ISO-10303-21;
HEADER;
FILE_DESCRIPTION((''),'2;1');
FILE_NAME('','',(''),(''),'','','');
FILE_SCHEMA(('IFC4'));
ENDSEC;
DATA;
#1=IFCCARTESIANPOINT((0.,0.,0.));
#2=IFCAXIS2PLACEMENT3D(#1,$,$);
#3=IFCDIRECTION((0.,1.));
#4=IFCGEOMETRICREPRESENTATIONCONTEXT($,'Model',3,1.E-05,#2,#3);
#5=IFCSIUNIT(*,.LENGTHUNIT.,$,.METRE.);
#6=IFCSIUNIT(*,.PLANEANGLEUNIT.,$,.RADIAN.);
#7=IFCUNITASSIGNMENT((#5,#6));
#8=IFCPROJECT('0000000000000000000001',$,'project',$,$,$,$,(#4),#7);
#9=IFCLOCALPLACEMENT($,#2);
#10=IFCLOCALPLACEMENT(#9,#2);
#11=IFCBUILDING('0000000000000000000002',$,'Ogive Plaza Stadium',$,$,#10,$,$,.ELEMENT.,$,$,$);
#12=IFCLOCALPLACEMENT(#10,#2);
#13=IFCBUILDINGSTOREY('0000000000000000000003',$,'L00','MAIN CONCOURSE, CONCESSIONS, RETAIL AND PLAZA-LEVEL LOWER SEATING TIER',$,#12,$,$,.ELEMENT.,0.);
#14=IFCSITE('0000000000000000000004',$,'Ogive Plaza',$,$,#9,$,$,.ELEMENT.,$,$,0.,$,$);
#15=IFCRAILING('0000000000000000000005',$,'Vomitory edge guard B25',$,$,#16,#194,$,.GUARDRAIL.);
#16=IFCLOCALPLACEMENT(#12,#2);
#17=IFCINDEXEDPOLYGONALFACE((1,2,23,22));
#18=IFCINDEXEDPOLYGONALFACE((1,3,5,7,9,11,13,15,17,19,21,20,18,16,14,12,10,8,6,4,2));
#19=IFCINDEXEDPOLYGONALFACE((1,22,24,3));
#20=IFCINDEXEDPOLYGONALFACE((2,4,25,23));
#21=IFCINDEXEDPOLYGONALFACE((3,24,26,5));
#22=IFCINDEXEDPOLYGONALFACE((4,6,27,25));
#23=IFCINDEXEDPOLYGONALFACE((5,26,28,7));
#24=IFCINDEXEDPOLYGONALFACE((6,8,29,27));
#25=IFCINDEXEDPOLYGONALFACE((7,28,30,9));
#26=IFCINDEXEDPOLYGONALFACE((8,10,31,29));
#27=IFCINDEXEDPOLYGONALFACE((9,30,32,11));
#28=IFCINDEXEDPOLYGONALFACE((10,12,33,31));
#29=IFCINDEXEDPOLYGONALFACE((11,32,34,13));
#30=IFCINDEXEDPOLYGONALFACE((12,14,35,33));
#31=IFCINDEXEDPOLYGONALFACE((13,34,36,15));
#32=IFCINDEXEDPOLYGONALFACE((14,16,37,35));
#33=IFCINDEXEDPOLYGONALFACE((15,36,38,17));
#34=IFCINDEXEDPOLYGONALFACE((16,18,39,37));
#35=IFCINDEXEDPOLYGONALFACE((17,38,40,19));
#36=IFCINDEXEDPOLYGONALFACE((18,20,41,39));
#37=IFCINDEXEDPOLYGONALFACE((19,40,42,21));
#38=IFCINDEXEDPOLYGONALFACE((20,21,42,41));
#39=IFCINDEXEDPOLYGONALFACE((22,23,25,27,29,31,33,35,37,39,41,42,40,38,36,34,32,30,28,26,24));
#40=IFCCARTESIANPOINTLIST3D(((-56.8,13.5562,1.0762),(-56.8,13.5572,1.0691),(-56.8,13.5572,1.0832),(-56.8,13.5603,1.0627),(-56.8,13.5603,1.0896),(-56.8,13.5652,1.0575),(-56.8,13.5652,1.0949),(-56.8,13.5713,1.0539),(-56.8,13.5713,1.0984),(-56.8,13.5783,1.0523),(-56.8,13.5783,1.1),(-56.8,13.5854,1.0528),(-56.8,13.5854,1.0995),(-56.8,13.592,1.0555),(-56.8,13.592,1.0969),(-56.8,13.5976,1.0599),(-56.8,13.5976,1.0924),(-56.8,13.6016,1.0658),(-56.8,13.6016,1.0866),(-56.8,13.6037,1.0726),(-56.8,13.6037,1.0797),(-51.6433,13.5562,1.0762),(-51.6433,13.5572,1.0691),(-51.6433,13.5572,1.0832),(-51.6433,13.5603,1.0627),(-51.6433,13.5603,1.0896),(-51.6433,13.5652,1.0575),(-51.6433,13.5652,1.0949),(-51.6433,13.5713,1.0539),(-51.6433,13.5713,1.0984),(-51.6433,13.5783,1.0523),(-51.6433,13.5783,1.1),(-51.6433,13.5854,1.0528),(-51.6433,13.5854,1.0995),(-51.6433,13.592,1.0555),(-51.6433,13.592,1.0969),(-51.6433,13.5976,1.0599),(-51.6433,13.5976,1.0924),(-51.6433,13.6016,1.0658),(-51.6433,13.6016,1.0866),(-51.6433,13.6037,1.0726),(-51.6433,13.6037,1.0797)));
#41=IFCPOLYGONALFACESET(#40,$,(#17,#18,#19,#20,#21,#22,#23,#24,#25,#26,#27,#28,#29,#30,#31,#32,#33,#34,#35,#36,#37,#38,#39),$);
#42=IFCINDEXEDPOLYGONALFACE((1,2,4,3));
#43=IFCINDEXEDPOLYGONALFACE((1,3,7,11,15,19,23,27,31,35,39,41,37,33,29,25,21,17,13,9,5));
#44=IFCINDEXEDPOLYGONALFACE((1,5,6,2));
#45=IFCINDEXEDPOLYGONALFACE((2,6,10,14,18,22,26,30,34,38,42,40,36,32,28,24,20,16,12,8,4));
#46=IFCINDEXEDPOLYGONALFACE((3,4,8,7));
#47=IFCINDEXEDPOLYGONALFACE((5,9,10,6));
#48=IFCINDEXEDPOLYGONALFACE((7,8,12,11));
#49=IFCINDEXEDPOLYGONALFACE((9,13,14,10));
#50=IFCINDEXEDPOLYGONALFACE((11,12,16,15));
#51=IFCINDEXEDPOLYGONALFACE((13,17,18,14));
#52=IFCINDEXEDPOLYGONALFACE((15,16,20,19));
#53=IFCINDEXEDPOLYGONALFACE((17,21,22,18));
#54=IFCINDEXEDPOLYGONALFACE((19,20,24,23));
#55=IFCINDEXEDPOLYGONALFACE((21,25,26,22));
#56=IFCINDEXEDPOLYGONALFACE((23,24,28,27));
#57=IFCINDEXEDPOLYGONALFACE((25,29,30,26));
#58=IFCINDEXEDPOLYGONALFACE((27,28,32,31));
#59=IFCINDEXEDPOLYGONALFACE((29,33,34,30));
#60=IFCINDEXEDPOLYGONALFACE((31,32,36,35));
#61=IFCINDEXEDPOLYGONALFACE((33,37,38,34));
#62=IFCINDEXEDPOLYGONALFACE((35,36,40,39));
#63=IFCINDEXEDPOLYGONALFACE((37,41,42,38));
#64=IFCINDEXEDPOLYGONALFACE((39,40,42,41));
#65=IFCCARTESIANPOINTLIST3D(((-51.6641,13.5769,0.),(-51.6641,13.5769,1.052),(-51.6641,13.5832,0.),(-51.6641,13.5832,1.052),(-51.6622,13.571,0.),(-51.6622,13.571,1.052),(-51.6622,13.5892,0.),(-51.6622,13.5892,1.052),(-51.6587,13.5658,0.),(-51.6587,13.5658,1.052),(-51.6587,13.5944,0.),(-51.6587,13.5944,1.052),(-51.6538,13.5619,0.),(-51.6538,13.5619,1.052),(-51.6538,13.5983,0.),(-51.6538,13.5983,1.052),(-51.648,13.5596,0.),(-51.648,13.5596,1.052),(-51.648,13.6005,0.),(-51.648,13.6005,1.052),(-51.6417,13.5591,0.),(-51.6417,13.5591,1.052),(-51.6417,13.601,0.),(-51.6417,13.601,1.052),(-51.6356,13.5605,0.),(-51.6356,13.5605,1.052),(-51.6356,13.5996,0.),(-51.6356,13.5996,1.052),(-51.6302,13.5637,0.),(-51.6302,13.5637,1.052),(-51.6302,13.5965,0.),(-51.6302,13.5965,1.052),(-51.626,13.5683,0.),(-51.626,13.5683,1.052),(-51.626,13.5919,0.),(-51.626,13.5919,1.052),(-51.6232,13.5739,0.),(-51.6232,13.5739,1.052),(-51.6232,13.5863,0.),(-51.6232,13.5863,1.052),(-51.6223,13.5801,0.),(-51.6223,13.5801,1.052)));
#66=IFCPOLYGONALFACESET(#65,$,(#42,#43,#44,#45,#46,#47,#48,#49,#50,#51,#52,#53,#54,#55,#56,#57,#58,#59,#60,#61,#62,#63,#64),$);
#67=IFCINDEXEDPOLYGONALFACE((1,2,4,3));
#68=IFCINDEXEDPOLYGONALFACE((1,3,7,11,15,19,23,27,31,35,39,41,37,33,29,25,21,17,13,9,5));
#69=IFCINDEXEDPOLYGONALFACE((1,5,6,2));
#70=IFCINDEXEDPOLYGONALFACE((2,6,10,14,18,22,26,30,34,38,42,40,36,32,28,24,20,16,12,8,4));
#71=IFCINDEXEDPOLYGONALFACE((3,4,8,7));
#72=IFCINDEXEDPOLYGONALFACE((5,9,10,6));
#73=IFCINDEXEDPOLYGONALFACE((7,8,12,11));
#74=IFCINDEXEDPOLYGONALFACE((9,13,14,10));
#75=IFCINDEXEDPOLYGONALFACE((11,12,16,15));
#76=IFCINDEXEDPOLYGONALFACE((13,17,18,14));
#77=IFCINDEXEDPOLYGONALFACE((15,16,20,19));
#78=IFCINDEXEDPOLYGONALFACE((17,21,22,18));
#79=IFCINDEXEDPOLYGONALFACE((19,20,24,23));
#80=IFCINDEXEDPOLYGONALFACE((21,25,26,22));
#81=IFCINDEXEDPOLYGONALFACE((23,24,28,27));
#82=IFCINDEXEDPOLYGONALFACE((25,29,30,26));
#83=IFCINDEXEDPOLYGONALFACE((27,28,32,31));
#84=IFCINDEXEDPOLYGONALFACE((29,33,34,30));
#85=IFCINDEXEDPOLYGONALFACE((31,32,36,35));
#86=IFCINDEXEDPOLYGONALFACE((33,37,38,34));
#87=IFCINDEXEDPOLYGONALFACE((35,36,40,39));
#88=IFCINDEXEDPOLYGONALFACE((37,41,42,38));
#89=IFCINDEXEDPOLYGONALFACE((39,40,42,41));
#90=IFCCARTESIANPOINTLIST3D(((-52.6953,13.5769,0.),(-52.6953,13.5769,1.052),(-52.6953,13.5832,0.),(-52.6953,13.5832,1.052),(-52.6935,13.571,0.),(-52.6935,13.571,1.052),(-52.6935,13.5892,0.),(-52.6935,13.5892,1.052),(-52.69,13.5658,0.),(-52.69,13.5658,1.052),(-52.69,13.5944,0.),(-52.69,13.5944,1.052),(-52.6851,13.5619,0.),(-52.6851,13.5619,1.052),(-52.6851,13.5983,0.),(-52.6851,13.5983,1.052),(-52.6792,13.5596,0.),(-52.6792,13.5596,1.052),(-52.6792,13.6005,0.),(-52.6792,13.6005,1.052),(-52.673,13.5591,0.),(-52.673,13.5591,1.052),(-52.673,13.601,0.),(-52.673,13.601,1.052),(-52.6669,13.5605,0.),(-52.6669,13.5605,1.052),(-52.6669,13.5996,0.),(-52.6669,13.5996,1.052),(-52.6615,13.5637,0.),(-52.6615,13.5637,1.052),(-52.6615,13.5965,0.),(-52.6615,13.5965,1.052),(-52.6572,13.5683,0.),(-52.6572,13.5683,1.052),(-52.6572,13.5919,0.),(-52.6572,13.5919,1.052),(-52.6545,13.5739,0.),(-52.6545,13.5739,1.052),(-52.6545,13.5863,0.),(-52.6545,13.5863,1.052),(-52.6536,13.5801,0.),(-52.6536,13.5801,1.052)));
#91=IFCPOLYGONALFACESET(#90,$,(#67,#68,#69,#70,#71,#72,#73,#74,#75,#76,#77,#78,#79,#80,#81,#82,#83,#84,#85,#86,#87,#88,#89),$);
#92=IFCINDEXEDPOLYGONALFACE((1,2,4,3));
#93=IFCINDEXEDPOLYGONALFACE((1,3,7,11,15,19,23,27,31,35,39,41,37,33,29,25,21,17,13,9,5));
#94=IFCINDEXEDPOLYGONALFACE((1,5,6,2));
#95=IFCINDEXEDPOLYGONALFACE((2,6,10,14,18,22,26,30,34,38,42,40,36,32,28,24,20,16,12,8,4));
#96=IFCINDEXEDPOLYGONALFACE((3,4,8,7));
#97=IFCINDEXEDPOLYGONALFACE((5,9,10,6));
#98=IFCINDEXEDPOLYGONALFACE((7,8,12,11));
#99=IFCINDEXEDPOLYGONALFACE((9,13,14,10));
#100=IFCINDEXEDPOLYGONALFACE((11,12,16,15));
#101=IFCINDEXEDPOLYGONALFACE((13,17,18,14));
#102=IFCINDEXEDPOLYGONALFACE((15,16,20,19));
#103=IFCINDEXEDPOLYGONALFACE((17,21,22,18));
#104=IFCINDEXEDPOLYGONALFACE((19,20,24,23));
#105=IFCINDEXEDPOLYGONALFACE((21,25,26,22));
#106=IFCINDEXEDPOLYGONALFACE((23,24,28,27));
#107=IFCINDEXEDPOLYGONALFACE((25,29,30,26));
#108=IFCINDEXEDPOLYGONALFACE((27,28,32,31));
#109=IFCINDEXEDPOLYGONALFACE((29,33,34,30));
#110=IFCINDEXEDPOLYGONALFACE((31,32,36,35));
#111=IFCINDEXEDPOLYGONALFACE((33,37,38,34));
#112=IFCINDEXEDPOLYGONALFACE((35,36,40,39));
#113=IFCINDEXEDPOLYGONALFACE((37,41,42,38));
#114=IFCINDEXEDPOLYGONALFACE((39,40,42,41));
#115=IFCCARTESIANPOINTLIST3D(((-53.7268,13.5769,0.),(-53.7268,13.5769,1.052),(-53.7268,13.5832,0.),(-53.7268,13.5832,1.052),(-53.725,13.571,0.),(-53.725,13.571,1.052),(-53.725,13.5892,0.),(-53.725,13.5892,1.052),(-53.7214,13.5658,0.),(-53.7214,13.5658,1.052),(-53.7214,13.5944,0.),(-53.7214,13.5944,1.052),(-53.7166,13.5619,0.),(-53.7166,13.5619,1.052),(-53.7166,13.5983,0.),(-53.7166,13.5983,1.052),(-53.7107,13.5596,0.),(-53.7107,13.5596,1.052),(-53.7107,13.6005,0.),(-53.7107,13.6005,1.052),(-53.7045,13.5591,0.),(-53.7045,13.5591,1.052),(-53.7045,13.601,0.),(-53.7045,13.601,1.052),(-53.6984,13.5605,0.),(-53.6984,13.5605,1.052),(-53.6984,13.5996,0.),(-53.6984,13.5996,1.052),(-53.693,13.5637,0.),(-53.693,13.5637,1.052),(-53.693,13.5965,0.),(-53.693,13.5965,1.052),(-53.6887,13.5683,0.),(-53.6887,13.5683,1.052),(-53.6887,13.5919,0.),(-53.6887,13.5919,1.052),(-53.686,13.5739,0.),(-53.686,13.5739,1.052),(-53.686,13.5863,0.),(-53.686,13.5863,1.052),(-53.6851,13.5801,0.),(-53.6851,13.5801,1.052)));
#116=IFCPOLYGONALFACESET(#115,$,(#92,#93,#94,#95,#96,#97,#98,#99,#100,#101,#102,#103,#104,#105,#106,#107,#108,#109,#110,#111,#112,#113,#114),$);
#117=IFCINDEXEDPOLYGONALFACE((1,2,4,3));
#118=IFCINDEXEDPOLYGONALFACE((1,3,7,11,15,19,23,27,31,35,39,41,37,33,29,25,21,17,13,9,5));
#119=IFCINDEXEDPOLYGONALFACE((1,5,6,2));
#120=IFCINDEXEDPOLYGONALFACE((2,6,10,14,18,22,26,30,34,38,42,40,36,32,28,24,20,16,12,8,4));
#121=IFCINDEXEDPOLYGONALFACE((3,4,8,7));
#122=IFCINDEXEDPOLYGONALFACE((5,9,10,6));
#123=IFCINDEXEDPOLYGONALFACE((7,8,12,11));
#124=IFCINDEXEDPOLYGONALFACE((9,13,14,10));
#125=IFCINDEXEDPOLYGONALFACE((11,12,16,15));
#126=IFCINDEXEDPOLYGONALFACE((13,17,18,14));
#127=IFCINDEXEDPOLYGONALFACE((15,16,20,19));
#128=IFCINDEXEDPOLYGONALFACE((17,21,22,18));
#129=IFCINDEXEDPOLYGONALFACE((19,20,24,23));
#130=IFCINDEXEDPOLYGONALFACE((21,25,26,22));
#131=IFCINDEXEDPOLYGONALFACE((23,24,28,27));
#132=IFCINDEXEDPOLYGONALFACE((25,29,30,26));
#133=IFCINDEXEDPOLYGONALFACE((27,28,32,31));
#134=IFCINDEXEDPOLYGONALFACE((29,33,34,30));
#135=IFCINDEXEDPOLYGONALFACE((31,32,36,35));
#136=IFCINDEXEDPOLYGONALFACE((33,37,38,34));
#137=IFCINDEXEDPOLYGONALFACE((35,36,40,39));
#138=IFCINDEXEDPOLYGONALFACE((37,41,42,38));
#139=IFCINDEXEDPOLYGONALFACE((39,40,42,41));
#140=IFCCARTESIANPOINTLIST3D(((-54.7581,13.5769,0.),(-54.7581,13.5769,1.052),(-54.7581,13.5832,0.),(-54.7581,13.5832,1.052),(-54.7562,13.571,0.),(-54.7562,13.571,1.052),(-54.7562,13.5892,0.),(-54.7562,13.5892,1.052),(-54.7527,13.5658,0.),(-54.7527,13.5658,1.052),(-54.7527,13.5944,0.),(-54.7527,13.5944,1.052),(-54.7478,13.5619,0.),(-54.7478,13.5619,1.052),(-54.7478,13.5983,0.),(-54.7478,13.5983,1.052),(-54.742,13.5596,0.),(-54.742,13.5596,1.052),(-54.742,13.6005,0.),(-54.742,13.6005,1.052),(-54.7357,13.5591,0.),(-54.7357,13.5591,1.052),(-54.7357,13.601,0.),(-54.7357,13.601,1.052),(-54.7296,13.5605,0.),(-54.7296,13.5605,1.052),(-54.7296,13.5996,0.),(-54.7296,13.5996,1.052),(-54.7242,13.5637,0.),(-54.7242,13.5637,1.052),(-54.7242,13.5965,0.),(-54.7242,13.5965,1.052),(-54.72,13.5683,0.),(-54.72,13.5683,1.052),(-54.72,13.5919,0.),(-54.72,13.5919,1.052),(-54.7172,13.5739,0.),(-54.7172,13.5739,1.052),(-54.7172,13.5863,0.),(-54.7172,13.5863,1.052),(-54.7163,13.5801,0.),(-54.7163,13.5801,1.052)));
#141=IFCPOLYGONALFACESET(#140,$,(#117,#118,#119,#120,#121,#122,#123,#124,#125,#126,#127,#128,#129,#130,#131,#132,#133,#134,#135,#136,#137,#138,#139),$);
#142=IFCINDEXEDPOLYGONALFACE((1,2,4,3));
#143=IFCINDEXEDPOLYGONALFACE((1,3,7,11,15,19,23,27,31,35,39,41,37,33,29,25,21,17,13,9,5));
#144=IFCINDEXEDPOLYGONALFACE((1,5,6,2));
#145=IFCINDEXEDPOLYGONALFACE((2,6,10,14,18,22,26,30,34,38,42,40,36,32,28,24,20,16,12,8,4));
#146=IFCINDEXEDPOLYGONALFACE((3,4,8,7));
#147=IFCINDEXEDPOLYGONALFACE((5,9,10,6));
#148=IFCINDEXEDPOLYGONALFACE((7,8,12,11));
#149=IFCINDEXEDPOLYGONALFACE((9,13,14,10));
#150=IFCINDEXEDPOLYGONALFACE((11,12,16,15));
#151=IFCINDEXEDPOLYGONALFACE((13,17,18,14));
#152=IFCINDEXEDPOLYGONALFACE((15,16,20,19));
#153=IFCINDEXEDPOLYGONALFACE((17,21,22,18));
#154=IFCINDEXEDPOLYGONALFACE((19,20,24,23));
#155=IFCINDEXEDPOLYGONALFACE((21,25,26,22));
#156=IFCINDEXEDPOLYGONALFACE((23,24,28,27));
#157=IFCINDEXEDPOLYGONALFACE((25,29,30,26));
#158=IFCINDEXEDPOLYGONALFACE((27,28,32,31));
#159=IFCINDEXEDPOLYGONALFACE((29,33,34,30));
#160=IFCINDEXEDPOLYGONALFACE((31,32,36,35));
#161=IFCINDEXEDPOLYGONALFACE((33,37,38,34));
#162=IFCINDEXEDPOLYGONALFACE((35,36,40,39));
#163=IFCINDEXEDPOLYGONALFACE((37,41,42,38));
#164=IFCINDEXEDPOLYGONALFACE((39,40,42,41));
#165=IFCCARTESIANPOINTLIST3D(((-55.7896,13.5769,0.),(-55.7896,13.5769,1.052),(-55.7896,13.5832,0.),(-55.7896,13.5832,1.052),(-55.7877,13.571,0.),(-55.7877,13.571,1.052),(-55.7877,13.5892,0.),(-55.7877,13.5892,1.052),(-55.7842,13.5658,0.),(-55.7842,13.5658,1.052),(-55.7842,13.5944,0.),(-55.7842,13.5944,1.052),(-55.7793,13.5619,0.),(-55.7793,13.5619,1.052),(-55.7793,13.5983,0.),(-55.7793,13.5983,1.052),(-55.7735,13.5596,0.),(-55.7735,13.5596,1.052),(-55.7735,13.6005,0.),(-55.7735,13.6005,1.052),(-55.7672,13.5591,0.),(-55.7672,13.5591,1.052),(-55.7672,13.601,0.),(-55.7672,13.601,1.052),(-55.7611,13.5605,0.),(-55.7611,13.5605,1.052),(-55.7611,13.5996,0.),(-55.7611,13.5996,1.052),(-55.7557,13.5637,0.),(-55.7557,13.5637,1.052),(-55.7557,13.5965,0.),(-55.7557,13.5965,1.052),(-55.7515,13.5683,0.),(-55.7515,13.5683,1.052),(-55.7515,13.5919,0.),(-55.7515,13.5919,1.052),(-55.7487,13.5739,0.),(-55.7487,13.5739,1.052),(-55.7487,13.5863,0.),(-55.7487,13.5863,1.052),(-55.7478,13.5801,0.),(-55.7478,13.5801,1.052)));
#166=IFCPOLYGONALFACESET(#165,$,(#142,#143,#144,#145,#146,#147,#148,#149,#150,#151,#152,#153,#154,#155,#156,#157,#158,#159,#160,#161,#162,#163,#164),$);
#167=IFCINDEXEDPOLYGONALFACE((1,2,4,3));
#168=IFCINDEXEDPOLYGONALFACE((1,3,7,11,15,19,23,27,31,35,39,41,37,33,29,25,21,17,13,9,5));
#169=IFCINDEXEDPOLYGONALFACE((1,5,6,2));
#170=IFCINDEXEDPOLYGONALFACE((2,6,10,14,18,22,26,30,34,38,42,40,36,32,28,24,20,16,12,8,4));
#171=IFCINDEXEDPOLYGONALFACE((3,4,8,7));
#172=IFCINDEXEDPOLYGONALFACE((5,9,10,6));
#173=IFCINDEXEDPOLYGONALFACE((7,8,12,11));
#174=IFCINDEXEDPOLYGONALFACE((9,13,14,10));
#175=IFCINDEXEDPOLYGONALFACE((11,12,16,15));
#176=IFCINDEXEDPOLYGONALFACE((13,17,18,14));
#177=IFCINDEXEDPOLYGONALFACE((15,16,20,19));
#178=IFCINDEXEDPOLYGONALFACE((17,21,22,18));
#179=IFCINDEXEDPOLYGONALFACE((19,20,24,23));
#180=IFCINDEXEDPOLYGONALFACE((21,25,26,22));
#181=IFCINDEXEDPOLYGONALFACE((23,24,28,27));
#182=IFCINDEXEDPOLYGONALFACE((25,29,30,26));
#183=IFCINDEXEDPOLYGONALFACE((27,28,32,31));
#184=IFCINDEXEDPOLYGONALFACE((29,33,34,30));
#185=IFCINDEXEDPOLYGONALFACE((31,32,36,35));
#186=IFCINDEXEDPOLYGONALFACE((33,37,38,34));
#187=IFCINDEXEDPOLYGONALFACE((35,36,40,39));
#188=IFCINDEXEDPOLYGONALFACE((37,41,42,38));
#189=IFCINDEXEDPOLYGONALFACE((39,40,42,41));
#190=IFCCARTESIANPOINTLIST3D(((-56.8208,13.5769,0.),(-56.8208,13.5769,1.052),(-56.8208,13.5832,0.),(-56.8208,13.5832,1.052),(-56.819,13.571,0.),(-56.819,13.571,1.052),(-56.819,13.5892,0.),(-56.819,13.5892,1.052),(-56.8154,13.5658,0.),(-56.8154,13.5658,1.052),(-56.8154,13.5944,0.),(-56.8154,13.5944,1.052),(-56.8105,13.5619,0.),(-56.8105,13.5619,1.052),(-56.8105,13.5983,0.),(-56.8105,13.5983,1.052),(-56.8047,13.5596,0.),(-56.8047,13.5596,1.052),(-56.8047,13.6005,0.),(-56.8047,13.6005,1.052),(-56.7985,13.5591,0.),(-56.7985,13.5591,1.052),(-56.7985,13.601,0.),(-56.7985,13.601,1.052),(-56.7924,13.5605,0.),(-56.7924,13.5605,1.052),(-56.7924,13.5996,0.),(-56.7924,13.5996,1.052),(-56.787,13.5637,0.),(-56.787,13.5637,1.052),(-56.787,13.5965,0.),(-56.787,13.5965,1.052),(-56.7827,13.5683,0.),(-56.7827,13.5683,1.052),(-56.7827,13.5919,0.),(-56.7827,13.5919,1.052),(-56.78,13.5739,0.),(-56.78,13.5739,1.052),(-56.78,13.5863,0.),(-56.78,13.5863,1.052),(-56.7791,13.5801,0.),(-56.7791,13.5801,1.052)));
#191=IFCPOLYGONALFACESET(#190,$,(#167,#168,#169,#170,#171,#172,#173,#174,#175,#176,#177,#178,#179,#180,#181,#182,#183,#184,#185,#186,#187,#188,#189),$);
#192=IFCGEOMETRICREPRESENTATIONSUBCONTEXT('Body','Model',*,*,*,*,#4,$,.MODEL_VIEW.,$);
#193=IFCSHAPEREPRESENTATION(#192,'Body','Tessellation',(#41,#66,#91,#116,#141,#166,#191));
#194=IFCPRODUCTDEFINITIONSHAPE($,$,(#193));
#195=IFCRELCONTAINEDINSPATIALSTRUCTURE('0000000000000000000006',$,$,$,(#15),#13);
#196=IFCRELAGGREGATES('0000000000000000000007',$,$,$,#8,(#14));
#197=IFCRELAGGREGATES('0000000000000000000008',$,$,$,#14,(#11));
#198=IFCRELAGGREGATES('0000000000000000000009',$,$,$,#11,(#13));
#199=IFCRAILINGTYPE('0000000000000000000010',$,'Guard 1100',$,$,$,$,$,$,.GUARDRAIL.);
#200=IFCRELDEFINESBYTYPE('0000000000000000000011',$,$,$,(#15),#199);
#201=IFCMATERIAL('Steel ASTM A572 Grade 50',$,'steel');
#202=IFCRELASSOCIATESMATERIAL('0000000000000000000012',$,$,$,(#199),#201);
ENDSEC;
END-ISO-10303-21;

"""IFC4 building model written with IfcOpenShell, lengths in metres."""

from ifc_helpers import new_model, si_unit, direction, frame, origin, origin_2d, place, context, subcontext, project, spatial, circle, extrude, material, type_object, element, save


model = new_model("IFC4")

# Units and contexts
model_context = context("Model", 3, precision=1e-05, world=origin(), true_north=direction((0.0, 1.0)))
body_context = subcontext(model_context, "Body", "Model", "MODEL_VIEW")
ifc_project = project(units=[si_unit("LENGTHUNIT", "METRE"), si_unit("PLANEANGLEUNIT", "RADIAN")], contexts=[model_context])

# Site, building, storey
site_placement = place(None, origin())
site = spatial("IfcSite", under=ifc_project, at=site_placement, Name="Ogive Plaza", CompositionType="ELEMENT", RefElevation=0.0)
building_placement = place(site_placement, origin())
building = spatial("IfcBuilding", under=site, at=building_placement, Name="Ogive Plaza Stadium", CompositionType="ELEMENT")
storey_placement = place(building_placement, origin())
storey = spatial("IfcBuildingStorey", under=building, at=storey_placement, Name="L00", Description="MAIN CONCOURSE, CONCESSIONS, RETAIL AND PLAZA-LEVEL LOWER SEATING TIER", CompositionType="ELEMENT", Elevation=0.0)

# Railing
ifc_material_1 = material(Name="Steel ASTM A572 Grade 50", Category="steel")
railing_type = type_object("IfcRailingType", Name="Guard 1100", PredefinedType="GUARDRAIL", material=ifc_material_1)
for number, where, name in (
    (1, (-51.6433, 13.5801, 0.0), "Vomitory edge guard B25"),
):
    element("IfcRailing", number, at=place(storey_placement, frame(where)), inside=storey, type_object=railing_type, Name=name, PredefinedType="GUARDRAIL", context=body_context, shape_type="SweptSolid", body=[
        extrude(circle(Radius=0.0239, at=origin_2d()), frame((0.0, 0.0, 1.0762), z_axis=(-1.0, 0.0, 0.0), x_axis=(0.0, -1.0, 0.0)), (0.0, 0.0, 1.0), 5.1567),
        extrude(circle(Radius=0.021, at=origin_2d()), origin(), (0.0, 0.0, 1.0), 1.052),
        extrude(circle(Radius=0.021, at=origin_2d()), frame((-1.0312, 0.0, 0.0)), (0.0, 0.0, 1.0), 1.052),
        extrude(circle(Radius=0.021, at=origin_2d()), frame((-2.0627, 0.0, 0.0)), (0.0, 0.0, 1.0), 1.052),
        extrude(circle(Radius=0.021, at=origin_2d()), frame((-3.094, 0.0, 0.0)), (0.0, 0.0, 1.0), 1.052),
        extrude(circle(Radius=0.021, at=origin_2d()), frame((-4.1255, 0.0, 0.0)), (0.0, 0.0, 1.0), 1.052),
        extrude(circle(Radius=0.021, at=origin_2d()), frame((-5.1567, 0.0, 0.0)), (0.0, 0.0, 1.0), 1.052),
    ])

save(model, "model.ifc")
